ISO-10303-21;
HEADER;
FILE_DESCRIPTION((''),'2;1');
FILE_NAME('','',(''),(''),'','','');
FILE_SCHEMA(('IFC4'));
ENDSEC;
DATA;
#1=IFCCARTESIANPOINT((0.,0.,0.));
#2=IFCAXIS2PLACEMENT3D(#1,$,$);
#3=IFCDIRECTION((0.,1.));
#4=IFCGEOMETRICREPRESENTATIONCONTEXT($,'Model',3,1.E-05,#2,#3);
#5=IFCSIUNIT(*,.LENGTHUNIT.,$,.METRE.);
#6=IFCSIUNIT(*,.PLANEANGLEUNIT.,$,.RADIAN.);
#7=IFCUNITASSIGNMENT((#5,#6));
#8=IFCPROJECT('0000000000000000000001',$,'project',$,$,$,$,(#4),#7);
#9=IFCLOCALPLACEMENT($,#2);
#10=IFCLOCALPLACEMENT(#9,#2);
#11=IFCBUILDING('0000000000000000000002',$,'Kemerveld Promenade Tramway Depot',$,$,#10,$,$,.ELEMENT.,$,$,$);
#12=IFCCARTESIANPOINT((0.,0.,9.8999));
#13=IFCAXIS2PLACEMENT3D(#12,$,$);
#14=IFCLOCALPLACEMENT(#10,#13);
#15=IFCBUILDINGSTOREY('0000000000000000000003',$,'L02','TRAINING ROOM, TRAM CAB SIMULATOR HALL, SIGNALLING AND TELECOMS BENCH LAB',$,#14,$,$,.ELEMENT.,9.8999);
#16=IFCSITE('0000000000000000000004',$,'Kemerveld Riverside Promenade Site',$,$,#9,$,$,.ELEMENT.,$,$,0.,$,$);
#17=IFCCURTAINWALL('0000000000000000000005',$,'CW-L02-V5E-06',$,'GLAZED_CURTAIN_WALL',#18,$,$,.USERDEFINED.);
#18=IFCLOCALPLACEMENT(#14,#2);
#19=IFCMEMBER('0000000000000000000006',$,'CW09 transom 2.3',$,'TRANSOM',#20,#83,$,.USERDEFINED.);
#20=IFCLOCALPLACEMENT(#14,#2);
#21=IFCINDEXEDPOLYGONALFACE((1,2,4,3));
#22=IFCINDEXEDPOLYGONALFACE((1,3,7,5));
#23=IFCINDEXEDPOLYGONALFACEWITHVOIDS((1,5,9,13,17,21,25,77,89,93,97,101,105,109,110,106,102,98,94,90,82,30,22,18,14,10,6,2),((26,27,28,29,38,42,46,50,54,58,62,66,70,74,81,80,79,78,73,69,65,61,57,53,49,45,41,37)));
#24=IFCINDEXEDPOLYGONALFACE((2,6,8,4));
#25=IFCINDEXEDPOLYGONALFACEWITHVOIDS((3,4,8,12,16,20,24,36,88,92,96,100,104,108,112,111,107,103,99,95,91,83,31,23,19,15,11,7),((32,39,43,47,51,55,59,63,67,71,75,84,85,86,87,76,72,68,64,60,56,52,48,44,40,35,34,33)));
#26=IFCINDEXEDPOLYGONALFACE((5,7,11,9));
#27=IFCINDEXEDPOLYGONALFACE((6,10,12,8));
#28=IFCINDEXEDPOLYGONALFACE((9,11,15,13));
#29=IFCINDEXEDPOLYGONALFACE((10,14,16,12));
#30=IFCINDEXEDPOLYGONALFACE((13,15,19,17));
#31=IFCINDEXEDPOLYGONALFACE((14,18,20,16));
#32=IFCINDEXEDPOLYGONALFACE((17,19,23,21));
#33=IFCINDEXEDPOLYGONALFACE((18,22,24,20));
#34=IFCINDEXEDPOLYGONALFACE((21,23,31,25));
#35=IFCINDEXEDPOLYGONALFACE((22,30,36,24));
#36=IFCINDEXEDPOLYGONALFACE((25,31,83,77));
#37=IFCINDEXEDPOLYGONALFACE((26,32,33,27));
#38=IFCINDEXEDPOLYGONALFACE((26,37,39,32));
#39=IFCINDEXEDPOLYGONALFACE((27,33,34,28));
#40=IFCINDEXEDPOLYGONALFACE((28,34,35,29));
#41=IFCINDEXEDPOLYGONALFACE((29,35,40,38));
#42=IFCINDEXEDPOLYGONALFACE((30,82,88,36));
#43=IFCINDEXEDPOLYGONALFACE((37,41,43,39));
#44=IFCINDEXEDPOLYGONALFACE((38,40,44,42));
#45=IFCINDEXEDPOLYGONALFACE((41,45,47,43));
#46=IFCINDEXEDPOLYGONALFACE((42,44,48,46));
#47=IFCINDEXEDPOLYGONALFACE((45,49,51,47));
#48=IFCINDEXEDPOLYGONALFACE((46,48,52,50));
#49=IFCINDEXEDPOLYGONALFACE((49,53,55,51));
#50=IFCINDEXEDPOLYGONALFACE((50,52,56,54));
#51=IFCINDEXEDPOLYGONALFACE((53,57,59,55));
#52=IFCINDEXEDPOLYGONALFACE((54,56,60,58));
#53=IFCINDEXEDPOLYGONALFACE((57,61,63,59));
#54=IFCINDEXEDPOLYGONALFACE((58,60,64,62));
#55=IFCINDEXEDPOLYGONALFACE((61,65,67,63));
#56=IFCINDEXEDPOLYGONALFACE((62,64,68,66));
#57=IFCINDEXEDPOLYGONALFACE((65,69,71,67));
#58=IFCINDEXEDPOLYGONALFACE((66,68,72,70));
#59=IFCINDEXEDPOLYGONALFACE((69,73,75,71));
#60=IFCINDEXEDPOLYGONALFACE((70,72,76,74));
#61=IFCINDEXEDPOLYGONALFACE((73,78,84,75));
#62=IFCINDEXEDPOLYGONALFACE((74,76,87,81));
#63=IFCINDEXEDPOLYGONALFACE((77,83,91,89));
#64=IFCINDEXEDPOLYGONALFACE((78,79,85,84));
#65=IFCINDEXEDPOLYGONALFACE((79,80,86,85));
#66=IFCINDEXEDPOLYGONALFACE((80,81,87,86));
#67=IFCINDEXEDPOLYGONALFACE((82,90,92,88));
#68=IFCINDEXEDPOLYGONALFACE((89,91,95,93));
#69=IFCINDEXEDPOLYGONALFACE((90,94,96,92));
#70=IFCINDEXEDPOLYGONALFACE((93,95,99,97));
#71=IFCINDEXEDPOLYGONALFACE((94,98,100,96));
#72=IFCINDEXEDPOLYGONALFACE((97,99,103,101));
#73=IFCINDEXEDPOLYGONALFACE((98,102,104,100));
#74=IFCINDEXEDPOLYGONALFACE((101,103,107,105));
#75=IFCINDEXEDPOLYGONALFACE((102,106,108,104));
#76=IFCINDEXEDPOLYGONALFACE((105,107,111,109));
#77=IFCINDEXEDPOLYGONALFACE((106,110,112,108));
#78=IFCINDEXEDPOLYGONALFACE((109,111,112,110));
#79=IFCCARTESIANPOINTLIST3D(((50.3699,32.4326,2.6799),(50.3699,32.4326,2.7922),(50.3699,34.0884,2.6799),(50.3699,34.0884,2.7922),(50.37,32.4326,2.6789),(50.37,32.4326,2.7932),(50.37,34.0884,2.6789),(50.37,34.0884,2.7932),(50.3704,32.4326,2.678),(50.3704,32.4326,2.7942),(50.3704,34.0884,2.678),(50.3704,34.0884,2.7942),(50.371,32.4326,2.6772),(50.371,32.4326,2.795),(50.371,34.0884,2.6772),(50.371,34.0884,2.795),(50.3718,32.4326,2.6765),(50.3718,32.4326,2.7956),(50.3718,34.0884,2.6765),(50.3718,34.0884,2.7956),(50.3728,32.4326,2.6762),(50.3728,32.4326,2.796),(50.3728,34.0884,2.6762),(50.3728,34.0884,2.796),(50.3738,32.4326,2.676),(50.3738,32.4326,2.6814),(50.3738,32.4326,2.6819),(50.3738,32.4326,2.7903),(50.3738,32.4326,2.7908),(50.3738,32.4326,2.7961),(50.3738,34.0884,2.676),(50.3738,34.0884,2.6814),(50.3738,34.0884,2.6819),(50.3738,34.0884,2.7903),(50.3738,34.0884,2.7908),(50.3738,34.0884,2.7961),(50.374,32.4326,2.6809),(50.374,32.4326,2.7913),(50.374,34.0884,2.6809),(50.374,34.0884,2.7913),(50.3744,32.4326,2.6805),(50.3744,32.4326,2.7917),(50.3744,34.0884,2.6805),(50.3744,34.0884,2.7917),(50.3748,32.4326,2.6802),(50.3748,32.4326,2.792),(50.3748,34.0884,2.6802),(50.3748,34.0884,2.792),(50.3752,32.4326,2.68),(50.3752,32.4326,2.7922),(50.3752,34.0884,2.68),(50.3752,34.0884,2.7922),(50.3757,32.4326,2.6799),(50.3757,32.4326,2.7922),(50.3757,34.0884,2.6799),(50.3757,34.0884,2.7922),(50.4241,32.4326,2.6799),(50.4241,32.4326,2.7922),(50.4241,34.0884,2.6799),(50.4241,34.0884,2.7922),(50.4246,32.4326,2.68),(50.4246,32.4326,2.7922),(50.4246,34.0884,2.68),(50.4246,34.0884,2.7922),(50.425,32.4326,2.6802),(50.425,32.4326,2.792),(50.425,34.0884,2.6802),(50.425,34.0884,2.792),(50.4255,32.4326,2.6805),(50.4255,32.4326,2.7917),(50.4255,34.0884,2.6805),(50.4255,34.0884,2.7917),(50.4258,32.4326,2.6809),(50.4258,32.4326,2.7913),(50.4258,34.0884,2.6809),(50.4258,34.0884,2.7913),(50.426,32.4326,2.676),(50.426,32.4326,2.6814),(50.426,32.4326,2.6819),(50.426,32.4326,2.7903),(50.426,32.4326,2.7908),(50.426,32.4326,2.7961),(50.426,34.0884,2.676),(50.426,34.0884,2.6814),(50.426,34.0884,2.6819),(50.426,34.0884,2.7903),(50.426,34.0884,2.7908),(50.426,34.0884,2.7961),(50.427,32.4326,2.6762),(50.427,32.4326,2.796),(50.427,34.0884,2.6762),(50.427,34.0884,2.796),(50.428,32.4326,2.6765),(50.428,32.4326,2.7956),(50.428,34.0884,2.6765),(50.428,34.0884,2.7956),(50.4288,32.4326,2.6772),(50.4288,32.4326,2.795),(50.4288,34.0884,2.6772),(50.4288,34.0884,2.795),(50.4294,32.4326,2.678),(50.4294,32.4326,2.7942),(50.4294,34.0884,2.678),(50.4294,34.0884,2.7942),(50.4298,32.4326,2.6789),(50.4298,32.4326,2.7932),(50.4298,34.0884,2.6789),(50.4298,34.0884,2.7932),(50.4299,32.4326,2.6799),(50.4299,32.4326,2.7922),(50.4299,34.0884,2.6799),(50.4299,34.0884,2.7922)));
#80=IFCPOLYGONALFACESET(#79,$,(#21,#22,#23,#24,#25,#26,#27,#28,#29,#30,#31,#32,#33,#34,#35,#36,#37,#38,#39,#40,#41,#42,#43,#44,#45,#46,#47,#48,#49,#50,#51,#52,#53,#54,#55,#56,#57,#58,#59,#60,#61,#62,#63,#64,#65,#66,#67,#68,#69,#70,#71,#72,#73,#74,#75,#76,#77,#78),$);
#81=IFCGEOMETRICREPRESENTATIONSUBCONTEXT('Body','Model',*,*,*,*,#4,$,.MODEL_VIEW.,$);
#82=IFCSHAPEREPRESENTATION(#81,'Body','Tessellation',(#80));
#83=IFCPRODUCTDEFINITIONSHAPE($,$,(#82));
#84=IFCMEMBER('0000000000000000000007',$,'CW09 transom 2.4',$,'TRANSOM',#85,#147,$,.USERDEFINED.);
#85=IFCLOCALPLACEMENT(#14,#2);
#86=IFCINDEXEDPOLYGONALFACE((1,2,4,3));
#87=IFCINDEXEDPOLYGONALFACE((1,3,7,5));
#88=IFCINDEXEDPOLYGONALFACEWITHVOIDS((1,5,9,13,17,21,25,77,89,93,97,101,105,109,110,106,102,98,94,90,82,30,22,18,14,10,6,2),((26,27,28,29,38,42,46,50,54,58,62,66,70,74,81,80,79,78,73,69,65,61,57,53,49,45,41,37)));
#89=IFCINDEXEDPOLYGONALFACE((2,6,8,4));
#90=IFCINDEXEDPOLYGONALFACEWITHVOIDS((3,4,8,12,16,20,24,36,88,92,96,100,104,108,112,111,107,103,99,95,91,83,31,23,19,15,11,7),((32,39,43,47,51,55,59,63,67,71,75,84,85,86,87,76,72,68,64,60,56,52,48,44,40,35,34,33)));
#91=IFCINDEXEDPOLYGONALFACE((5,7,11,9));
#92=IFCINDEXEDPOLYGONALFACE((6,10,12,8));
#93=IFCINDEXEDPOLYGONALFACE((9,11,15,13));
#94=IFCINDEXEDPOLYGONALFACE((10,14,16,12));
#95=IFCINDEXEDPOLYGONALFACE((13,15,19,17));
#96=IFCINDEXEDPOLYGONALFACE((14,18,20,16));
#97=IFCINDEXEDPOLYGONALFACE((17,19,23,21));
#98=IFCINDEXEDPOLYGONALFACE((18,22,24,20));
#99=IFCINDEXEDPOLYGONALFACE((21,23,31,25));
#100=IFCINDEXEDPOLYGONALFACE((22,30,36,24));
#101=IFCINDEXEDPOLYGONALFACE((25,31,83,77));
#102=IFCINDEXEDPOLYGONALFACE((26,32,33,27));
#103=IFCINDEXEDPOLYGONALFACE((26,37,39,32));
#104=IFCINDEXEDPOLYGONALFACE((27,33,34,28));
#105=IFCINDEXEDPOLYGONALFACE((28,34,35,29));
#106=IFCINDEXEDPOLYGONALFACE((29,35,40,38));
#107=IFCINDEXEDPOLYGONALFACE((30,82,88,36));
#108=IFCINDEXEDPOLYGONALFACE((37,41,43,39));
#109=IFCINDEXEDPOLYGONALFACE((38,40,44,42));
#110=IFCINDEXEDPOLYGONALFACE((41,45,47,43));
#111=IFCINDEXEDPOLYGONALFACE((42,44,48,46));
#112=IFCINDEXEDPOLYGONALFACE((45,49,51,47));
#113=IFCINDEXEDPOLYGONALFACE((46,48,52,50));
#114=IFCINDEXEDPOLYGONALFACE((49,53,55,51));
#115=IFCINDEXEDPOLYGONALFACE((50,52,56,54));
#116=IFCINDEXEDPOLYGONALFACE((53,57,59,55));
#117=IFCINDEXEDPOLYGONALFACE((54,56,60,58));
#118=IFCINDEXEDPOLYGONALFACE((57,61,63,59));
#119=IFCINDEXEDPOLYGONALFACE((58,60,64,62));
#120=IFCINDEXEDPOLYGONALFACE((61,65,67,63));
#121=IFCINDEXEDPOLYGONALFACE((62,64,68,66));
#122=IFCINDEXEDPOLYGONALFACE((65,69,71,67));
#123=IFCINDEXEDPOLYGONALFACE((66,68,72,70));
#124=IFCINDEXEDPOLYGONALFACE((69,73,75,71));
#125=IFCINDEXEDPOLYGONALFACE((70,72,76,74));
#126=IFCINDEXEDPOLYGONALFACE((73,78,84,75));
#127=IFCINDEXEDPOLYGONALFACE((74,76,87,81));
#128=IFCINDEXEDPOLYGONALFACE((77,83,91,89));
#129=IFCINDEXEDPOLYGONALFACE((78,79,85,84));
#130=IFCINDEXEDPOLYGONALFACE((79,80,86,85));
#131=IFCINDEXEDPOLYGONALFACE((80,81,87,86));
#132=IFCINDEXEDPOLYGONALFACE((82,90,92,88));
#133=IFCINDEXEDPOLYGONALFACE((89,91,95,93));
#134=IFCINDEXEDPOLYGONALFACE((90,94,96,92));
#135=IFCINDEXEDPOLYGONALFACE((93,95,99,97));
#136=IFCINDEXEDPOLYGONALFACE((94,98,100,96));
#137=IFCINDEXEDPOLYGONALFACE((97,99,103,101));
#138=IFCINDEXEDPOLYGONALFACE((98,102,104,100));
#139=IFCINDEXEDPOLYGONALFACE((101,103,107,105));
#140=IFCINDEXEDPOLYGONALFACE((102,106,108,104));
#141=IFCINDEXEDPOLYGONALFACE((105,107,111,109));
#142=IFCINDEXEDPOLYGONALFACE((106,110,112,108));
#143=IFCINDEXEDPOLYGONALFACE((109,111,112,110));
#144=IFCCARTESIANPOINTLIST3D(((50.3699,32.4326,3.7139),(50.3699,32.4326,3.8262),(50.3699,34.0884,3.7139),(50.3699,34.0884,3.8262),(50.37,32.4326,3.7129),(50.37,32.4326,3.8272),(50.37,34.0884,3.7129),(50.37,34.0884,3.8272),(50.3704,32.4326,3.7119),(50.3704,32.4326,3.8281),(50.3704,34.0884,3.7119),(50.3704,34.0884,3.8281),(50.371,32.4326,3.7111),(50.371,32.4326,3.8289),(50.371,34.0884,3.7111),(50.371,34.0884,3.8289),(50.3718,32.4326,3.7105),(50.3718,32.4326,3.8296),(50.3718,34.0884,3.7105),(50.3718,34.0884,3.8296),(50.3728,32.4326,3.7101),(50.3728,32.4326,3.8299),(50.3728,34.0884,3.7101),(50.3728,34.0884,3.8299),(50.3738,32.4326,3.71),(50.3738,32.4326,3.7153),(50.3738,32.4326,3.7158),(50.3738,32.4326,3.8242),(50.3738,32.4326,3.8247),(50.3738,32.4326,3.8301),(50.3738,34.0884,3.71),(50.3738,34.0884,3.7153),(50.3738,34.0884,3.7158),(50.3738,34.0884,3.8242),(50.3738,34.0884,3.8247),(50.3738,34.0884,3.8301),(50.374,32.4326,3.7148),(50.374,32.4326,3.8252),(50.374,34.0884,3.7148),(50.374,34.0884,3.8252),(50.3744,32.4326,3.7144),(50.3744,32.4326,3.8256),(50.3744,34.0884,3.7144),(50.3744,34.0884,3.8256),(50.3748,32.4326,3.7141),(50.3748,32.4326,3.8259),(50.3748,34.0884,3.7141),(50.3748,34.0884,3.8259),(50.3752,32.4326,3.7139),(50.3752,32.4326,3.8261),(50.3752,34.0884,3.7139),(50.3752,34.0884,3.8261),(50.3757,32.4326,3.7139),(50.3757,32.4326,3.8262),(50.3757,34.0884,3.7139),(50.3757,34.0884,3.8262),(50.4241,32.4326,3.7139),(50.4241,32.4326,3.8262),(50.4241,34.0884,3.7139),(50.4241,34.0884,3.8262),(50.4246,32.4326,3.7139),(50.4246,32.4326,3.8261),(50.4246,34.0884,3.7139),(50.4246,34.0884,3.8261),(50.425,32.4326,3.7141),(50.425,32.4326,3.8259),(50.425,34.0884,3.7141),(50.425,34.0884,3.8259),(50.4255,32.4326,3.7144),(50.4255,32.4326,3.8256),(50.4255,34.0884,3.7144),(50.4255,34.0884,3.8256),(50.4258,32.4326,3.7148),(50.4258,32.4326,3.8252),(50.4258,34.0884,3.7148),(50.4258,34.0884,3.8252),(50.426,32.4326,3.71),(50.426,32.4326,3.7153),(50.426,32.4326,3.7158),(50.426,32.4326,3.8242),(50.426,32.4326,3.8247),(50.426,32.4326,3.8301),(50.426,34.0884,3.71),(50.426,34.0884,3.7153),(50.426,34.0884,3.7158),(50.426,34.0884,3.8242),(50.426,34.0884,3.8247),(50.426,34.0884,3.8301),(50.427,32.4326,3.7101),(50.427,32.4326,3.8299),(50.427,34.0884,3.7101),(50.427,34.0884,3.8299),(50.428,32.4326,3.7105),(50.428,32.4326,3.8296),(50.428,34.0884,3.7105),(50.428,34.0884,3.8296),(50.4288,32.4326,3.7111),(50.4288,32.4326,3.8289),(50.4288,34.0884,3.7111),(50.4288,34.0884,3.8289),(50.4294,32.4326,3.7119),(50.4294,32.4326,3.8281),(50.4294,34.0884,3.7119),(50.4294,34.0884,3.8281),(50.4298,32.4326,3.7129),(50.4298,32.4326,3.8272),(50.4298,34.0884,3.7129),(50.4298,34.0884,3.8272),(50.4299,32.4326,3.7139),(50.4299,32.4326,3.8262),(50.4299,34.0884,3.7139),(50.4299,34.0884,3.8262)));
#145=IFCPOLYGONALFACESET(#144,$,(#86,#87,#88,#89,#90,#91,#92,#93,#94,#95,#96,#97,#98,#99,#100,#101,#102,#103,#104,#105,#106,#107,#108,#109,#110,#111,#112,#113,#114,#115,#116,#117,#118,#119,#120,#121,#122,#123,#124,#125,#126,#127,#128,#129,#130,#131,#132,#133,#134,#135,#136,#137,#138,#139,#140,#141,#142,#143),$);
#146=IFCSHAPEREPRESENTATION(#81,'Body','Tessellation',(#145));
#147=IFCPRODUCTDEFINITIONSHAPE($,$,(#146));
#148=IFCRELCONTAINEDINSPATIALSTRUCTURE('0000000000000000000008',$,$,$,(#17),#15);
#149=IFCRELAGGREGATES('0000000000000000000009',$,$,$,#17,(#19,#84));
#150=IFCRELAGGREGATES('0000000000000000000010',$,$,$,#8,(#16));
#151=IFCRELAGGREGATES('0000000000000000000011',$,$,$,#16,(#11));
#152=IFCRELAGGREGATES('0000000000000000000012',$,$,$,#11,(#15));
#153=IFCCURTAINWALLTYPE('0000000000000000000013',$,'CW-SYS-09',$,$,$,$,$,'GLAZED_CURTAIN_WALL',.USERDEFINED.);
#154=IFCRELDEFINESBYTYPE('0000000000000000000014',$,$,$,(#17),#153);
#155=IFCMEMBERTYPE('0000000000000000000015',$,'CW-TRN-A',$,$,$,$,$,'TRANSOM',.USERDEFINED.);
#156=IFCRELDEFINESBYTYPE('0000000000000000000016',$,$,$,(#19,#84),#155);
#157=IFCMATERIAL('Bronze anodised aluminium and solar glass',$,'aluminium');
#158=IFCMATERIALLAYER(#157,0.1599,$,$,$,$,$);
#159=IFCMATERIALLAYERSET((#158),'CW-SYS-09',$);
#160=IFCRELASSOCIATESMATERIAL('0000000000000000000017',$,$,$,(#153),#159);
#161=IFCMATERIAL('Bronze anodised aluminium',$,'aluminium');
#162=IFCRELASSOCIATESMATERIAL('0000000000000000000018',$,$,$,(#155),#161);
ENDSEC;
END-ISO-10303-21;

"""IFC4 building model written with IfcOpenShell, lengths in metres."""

from ifc_helpers import new_model, si_unit, direction, frame, origin, origin_2d, place, context, subcontext, project, spatial, hollow_rectangle, extrude, material, layer, layer_set, material_profile, profile_set, type_object, element, aggregate, save


model = new_model("IFC4")

# Units and contexts
model_context = context("Model", 3, precision=1e-05, world=origin(), true_north=direction((0.0, 1.0)))
body_context = subcontext(model_context, "Body", "Model", "MODEL_VIEW")
ifc_project = project(units=[si_unit("LENGTHUNIT", "METRE"), si_unit("PLANEANGLEUNIT", "RADIAN")], contexts=[model_context])

# Site, building, storey
site_placement = place(None, origin())
site = spatial("IfcSite", under=ifc_project, at=site_placement, Name="Kemerveld Riverside Promenade Site", CompositionType="ELEMENT", RefElevation=0.0)
building_placement = place(site_placement, origin())
building = spatial("IfcBuilding", under=site, at=building_placement, Name="Kemerveld Promenade Tramway Depot", CompositionType="ELEMENT")
storey_placement = place(building_placement, frame((0.0, 0.0, 9.8999)))
storey = spatial("IfcBuildingStorey", under=building, at=storey_placement, Name="L02", Description="TRAINING ROOM, TRAM CAB SIMULATOR HALL, SIGNALLING AND TELECOMS BENCH LAB", CompositionType="ELEMENT", Elevation=9.8999)

# Curtain wall, members
ifc_material_1 = material(Name="Bronze anodised aluminium and solar glass", Category="aluminium")
ifc_layer_1 = layer(ifc_material_1, 0.1599)
ifc_layer_set_1 = layer_set([ifc_layer_1], Name="CW-SYS-09")
curtain_wall_type = type_object("IfcCurtainWallType", Name="CW-SYS-09", ElementType="GLAZED_CURTAIN_WALL", PredefinedType="USERDEFINED", material=ifc_layer_set_1)
curtain_wall_placement = place(storey_placement, origin())
curtain_wall = element("IfcCurtainWall", 1, at=curtain_wall_placement, inside=storey, type_object=curtain_wall_type, Name="CW-L02-V5E-06", ObjectType="GLAZED_CURTAIN_WALL", PredefinedType="USERDEFINED")
ifc_material_2 = material(Name="Bronze anodised aluminium", Category="aluminium")
ifc_material_profile_1 = material_profile(ifc_material_2, hollow_rectangle(XDim=0.0601, YDim=0.1201, WallThickness=0.0039, InnerFilletRadius=0.002, OuterFilletRadius=0.0039, at=origin_2d()), Name="CW-TRN-120x60")
ifc_profile_set_1 = profile_set([ifc_material_profile_1], Name="Bronze anodised aluminium")
member_type_1 = type_object("IfcMemberType", Name="CW-TRN-A", ElementType="TRANSOM", PredefinedType="USERDEFINED", material=ifc_profile_set_1)
member_1_placement = place(storey_placement, frame((50.3999, 34.0884, 2.7361), z_axis=(0.0, -1.0, 0.0), x_axis=(1.0, 0.0, 0.0)))
member_1 = element("IfcMember", 2, at=member_1_placement, type_object=member_type_1, Name="CW09 transom 2.3", ObjectType="TRANSOM", PredefinedType="USERDEFINED", context=body_context, shape_type="SweptSolid", body=[
    extrude(hollow_rectangle(XDim=0.0601, YDim=0.1201, WallThickness=0.0039, InnerFilletRadius=0.002, OuterFilletRadius=0.0039, at=origin_2d()), origin(), (0.0, 0.0, 1.0), 1.6558),
])
member_2_placement = place(storey_placement, frame((50.3999, 34.0884, 3.77), z_axis=(0.0, -1.0, 0.0), x_axis=(1.0, 0.0, 0.0)))
member_2 = element("IfcMember", 3, at=member_2_placement, type_object=member_type_1, Name="CW09 transom 2.4", ObjectType="TRANSOM", PredefinedType="USERDEFINED", context=body_context, shape_type="SweptSolid", body=[
    extrude(hollow_rectangle(XDim=0.0601, YDim=0.1201, WallThickness=0.0039, InnerFilletRadius=0.002, OuterFilletRadius=0.0039, at=origin_2d()), origin(), (0.0, 0.0, 1.0), 1.6558),
])
aggregate(curtain_wall, [member_1, member_2])

save(model, "model.ifc")
